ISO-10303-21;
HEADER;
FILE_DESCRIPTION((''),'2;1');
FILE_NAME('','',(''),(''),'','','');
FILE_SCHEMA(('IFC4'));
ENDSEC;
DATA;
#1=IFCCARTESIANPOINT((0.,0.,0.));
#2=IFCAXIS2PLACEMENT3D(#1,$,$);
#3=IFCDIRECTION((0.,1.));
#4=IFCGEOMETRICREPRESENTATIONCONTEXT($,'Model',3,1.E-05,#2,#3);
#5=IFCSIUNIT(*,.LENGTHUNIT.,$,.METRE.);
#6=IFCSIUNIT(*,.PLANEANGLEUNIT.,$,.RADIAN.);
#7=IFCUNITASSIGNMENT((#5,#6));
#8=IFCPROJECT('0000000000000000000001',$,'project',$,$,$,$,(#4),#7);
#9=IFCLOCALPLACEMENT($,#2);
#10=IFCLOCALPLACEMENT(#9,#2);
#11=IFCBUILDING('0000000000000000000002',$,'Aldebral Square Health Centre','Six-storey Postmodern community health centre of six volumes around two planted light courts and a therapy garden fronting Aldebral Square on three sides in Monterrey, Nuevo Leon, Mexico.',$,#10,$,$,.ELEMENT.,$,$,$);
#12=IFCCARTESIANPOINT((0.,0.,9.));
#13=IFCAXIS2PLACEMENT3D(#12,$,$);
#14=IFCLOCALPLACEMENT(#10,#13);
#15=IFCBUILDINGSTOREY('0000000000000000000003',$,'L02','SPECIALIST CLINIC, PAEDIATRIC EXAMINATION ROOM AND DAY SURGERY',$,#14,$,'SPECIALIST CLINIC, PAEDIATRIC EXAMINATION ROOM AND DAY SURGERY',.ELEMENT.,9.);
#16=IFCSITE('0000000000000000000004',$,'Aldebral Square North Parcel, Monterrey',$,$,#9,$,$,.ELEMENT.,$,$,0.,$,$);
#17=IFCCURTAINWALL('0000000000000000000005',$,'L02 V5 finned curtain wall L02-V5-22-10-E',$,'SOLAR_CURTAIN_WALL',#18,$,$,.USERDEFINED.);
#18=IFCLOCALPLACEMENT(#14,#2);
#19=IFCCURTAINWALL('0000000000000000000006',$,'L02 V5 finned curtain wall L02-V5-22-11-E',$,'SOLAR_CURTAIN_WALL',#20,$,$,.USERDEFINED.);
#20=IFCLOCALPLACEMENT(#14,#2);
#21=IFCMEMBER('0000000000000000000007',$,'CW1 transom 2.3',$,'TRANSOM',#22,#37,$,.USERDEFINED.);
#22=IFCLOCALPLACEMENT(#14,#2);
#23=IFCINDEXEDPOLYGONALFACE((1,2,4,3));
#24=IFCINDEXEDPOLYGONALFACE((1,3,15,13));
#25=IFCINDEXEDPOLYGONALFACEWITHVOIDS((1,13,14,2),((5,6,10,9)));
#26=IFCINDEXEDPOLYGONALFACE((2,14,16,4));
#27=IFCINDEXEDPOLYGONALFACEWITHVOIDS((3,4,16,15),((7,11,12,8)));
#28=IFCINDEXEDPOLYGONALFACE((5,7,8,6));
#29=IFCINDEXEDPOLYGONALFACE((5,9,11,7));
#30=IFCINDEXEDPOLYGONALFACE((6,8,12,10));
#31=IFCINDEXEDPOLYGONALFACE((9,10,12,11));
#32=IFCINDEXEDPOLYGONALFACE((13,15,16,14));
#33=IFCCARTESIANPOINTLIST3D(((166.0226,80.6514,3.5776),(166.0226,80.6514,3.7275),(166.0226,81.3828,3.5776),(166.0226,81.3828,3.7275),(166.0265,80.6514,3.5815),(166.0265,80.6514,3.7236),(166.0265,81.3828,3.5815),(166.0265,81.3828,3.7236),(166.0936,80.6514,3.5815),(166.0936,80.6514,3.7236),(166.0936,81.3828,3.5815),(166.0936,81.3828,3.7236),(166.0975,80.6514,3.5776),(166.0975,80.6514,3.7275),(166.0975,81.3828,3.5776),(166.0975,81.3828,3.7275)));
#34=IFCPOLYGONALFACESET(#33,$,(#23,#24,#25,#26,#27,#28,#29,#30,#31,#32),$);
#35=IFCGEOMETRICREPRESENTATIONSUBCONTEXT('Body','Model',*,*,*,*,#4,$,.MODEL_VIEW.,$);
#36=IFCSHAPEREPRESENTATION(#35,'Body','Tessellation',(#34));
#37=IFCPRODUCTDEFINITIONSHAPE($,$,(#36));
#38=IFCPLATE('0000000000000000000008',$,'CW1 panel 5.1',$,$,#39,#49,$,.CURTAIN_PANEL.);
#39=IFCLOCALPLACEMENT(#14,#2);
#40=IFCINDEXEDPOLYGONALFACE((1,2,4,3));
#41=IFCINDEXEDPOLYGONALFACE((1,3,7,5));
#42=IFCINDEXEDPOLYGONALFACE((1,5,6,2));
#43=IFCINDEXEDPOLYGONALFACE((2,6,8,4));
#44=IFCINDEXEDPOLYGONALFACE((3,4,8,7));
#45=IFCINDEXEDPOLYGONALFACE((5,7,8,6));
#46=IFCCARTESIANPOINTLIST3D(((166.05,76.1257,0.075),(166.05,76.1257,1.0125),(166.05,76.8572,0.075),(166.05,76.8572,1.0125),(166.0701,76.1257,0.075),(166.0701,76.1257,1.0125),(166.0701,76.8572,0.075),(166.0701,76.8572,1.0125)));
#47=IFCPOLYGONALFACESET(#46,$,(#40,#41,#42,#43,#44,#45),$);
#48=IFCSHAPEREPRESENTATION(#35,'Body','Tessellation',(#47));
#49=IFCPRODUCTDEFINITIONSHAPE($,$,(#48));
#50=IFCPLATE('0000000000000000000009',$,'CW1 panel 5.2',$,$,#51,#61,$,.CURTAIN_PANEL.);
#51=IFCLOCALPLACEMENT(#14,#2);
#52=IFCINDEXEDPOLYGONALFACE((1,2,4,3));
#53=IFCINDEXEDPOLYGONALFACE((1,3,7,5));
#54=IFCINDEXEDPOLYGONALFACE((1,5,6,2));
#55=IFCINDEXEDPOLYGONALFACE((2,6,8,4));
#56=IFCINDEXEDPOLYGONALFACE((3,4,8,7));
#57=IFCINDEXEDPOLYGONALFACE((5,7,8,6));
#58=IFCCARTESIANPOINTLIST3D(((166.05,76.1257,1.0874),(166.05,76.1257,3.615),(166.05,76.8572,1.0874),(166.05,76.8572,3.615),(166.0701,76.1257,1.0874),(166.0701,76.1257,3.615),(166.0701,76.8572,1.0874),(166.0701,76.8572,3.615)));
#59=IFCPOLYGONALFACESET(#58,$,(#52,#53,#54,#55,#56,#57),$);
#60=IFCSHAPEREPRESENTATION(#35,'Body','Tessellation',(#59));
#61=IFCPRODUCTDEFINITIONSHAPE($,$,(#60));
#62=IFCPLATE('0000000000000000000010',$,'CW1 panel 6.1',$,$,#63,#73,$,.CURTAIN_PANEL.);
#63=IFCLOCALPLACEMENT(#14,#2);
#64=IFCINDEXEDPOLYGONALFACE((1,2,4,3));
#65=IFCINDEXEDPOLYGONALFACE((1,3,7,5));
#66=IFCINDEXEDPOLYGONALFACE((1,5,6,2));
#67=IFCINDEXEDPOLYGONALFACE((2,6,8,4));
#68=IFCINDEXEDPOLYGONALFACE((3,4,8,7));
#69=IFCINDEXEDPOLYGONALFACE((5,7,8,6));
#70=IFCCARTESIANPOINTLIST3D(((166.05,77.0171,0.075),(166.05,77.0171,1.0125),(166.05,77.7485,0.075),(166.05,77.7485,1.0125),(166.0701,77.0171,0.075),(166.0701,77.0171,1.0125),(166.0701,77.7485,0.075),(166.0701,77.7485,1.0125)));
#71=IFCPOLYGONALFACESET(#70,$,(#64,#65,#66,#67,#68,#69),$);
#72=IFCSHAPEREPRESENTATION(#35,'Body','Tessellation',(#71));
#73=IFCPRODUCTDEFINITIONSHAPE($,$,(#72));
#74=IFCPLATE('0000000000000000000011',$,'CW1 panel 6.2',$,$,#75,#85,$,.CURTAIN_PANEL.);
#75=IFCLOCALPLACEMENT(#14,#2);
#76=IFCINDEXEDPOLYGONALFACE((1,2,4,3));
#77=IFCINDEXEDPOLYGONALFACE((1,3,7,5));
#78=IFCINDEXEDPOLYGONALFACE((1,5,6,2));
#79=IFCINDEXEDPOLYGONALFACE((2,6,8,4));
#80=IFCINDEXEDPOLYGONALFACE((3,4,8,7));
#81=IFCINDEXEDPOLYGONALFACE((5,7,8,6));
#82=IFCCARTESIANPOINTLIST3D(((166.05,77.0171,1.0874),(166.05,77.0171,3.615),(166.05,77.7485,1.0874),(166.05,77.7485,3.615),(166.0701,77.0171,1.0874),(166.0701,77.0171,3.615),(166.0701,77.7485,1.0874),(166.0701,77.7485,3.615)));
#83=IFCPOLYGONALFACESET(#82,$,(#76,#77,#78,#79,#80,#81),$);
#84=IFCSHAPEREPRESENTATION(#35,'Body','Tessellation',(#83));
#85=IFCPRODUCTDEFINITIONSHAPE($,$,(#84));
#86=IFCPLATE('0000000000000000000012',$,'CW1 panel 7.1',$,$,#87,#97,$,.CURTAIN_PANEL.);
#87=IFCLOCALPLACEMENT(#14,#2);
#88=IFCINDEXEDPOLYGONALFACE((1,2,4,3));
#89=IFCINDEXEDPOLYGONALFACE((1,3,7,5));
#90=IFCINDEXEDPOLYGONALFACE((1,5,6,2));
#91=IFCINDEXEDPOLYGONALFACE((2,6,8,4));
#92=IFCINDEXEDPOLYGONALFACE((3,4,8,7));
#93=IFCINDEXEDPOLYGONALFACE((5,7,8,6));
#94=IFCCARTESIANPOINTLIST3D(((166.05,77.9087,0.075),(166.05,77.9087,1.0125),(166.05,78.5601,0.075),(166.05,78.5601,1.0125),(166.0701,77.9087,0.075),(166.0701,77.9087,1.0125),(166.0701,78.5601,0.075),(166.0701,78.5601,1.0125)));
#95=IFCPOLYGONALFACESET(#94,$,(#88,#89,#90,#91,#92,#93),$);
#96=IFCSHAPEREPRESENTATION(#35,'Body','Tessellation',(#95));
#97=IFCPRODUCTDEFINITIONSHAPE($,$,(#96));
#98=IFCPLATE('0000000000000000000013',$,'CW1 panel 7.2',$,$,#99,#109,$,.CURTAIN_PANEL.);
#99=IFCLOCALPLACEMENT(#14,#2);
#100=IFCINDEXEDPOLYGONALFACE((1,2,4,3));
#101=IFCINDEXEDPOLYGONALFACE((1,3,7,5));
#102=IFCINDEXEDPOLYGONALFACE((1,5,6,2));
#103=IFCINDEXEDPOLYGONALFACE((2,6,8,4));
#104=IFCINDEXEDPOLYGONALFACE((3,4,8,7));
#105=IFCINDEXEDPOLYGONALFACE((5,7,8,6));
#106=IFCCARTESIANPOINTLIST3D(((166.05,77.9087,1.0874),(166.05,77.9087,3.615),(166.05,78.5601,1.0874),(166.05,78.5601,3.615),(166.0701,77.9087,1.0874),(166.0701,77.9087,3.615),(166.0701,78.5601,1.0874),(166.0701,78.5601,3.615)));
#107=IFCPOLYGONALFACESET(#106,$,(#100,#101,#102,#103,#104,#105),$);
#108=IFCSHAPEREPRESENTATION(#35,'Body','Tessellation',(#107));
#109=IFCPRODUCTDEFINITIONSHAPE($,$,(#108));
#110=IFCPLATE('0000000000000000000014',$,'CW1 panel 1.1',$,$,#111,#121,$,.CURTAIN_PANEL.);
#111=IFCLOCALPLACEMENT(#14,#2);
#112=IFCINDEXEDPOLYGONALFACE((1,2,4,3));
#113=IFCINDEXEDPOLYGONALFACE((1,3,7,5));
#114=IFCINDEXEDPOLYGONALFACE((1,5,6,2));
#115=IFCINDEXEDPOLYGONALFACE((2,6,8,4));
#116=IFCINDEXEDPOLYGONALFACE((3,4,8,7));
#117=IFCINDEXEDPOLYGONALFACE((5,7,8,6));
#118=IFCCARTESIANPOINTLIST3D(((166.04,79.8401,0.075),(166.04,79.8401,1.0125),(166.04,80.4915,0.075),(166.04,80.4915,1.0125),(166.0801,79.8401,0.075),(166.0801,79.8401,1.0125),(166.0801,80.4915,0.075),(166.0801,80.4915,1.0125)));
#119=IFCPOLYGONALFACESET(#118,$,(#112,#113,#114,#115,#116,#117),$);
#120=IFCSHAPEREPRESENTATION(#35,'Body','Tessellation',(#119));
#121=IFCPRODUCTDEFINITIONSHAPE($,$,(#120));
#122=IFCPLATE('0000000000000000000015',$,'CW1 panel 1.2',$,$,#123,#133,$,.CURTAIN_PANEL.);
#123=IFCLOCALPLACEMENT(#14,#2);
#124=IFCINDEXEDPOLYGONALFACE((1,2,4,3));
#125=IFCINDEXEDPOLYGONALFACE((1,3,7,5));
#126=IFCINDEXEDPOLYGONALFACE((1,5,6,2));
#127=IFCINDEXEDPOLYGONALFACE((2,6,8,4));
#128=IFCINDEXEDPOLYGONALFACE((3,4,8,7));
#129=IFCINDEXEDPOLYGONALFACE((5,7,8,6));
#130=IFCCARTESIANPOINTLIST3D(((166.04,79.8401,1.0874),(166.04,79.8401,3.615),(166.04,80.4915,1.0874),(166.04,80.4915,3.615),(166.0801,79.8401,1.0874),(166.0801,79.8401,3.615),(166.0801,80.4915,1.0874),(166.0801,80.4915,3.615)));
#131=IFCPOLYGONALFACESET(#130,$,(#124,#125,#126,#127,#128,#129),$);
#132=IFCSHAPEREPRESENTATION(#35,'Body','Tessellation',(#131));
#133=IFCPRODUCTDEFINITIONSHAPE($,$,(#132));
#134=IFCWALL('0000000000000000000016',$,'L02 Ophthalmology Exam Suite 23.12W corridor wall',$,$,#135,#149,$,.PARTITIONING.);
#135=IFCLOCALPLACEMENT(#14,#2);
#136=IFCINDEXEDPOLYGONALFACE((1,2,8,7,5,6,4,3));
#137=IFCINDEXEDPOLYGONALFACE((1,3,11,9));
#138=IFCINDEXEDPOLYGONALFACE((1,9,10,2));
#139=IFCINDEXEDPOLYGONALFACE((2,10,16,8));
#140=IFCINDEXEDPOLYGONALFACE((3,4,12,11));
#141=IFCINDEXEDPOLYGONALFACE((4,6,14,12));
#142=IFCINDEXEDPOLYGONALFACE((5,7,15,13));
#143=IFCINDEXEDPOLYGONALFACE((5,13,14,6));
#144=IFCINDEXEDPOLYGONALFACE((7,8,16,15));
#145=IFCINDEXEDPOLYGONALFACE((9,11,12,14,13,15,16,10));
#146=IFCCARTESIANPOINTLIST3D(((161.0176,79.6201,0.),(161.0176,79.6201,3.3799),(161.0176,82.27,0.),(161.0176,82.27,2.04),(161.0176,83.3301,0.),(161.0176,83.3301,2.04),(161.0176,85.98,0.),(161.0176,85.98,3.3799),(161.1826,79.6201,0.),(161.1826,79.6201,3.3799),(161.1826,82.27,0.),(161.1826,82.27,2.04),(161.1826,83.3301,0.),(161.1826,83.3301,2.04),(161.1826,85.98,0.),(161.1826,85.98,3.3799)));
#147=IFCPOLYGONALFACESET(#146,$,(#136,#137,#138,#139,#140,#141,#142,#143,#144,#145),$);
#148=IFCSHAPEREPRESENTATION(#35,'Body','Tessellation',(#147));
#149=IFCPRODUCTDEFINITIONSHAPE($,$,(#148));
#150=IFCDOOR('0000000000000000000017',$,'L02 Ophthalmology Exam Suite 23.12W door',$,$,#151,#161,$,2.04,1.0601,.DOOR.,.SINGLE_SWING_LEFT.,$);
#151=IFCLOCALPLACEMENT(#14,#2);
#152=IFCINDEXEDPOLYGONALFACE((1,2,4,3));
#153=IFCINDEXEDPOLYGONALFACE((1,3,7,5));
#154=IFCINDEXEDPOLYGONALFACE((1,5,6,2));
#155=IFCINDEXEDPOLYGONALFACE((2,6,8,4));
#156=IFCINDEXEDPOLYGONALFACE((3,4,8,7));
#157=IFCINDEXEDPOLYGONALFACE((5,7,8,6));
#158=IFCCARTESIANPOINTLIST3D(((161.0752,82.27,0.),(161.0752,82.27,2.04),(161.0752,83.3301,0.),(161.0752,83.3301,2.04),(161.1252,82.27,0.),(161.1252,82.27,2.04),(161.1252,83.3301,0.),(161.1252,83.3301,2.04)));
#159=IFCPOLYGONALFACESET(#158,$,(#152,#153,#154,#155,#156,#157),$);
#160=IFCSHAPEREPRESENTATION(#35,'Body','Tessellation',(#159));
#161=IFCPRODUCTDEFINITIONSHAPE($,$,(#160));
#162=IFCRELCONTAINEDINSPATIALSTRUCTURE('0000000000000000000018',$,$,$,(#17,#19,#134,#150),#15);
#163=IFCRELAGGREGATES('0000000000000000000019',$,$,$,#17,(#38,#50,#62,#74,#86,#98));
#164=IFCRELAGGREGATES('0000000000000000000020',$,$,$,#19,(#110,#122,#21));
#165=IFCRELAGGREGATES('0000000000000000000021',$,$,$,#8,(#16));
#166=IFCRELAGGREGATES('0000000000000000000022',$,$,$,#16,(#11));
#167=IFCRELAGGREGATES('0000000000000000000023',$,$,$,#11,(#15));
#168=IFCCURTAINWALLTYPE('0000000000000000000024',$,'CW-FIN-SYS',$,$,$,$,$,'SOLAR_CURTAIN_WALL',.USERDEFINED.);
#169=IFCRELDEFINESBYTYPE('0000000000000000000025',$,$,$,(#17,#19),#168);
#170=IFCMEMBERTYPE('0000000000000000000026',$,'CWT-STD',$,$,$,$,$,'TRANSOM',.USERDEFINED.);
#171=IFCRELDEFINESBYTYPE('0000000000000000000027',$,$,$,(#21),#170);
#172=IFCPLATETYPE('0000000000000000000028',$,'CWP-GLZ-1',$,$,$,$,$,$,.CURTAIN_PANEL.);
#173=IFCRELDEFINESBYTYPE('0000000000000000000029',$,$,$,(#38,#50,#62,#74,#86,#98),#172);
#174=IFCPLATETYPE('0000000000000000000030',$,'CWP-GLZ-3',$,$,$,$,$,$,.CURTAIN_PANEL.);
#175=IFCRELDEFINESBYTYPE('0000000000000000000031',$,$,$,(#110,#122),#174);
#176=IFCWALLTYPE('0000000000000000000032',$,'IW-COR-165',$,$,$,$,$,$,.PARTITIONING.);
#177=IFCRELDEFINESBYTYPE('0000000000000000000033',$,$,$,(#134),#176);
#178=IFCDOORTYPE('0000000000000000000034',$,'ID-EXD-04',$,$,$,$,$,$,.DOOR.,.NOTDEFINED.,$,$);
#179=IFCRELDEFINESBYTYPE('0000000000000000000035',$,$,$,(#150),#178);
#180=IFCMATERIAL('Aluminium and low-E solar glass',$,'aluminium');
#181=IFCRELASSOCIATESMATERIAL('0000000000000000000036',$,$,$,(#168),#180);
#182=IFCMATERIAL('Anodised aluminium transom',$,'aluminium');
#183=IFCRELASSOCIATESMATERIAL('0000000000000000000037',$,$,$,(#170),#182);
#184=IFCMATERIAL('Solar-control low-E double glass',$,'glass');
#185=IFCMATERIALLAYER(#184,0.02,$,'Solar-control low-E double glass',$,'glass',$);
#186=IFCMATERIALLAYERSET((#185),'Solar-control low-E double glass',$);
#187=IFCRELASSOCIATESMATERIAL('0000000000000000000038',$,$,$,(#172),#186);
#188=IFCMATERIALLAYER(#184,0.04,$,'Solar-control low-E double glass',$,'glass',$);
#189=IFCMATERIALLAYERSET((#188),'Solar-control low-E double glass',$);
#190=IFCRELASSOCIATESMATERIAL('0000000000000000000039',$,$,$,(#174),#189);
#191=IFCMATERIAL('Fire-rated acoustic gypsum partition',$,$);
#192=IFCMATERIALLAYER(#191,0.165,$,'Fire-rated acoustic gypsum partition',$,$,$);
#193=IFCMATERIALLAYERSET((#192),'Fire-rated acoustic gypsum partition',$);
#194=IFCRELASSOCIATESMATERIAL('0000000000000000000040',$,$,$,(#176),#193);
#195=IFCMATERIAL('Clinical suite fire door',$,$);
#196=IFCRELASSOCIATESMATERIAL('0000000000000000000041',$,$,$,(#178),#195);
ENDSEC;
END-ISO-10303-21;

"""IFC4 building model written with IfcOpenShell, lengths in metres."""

from ifc_helpers import new_model, si_unit, direction, frame, frame_2d, origin, origin_2d, place, context, subcontext, project, spatial, rectangle, hollow_rectangle, extrude, material, layer, layer_set, material_profile, profile_set, type_object, element, fill, aggregate, save


model = new_model("IFC4")

# Units and contexts
model_context = context("Model", 3, precision=1e-05, world=origin(), true_north=direction((0.0, 1.0)))
body_context = subcontext(model_context, "Body", "Model", "MODEL_VIEW")
ifc_project = project(units=[si_unit("LENGTHUNIT", "METRE"), si_unit("PLANEANGLEUNIT", "RADIAN")], contexts=[model_context])

# Site, building, storey
site_placement = place(None, origin())
site = spatial("IfcSite", under=ifc_project, at=site_placement, Name="Aldebral Square North Parcel, Monterrey", CompositionType="ELEMENT", RefElevation=0.0)
building_placement = place(site_placement, origin())
building = spatial("IfcBuilding", under=site, at=building_placement, Name="Aldebral Square Health Centre", Description="Six-storey Postmodern community health centre of six volumes around two planted light courts and a therapy garden fronting Aldebral Square on three sides in Monterrey, Nuevo Leon, Mexico.", CompositionType="ELEMENT")
storey_placement = place(building_placement, frame((0.0, 0.0, 9.0)))
storey = spatial("IfcBuildingStorey", under=building, at=storey_placement, Name="L02", Description="SPECIALIST CLINIC, PAEDIATRIC EXAMINATION ROOM AND DAY SURGERY", LongName="SPECIALIST CLINIC, PAEDIATRIC EXAMINATION ROOM AND DAY SURGERY", CompositionType="ELEMENT", Elevation=9.0)

# Curtain walls
ifc_material_1 = material(Name="Aluminium and low-E solar glass", Category="aluminium")
curtain_wall_type = type_object("IfcCurtainWallType", Name="CW-FIN-SYS", ElementType="SOLAR_CURTAIN_WALL", PredefinedType="USERDEFINED", material=ifc_material_1)
curtain_wall_1_placement = place(storey_placement, origin())
curtain_wall_1 = element("IfcCurtainWall", 1, at=curtain_wall_1_placement, inside=storey, type_object=curtain_wall_type, Name="L02 V5 finned curtain wall L02-V5-22-10-E", ObjectType="SOLAR_CURTAIN_WALL", PredefinedType="USERDEFINED")
curtain_wall_2_placement = place(storey_placement, origin())
curtain_wall_2 = element("IfcCurtainWall", 2, at=curtain_wall_2_placement, inside=storey, type_object=curtain_wall_type, Name="L02 V5 finned curtain wall L02-V5-22-11-E", ObjectType="SOLAR_CURTAIN_WALL", PredefinedType="USERDEFINED")

# Member
ifc_material_2 = material(Name="Anodised aluminium transom", Category="aluminium")
ifc_material_profile_1 = material_profile(ifc_material_2, hollow_rectangle(XDim=0.075, YDim=0.1499, WallThickness=0.0039, at=origin_2d()), Name="CWT 75x150x4")
ifc_profile_set_1 = profile_set([ifc_material_profile_1], Name="Anodised aluminium transom")
member_type_1 = type_object("IfcMemberType", Name="CWT-STD", ElementType="TRANSOM", PredefinedType="USERDEFINED", material=ifc_profile_set_1)
member_1_placement = place(storey_placement, frame((166.0601, 80.6514, 3.6526), z_axis=(0.0, 1.0, 0.0), x_axis=(-1.0, 0.0, 0.0)))
member_1 = element("IfcMember", 3, at=member_1_placement, type_object=member_type_1, Name="CW1 transom 2.3", ObjectType="TRANSOM", PredefinedType="USERDEFINED", context=body_context, shape_type="SweptSolid", body=[
    extrude(hollow_rectangle(XDim=0.075, YDim=0.1499, WallThickness=0.0039, at=origin_2d()), origin(), (0.0, 0.0, 1.0), 0.7314),
])

# Plates
ifc_material_3 = material(Name="Solar-control low-E double glass", Category="glass")
ifc_layer_1 = layer(ifc_material_3, 0.02, Name="Solar-control low-E double glass", Category="glass")
ifc_layer_set_1 = layer_set([ifc_layer_1], Name="Solar-control low-E double glass")
plate_type_1 = type_object("IfcPlateType", Name="CWP-GLZ-1", PredefinedType="CURTAIN_PANEL", material=ifc_layer_set_1)
plate_1_placement = place(storey_placement, frame((166.0601, 76.4915, 0.075), z_axis=(0.0, 0.0, 1.0), x_axis=(0.0, 1.0, 0.0)))
plate_1 = element("IfcPlate", 4, at=plate_1_placement, type_object=plate_type_1, Name="CW1 panel 5.1", PredefinedType="CURTAIN_PANEL", context=body_context, shape_type="SweptSolid", body=[
    extrude(rectangle(XDim=0.7314, YDim=0.02, at=origin_2d()), origin(), (0.0, 0.0, 1.0), 0.9375),
])
plate_2_placement = place(storey_placement, frame((166.0601, 76.4915, 1.0874), z_axis=(0.0, 0.0, 1.0), x_axis=(0.0, 1.0, 0.0)))
plate_2 = element("IfcPlate", 5, at=plate_2_placement, type_object=plate_type_1, Name="CW1 panel 5.2", PredefinedType="CURTAIN_PANEL", context=body_context, shape_type="SweptSolid", body=[
    extrude(rectangle(XDim=0.7314, YDim=0.02, at=origin_2d()), origin(), (0.0, 0.0, 1.0), 2.5276),
])
plate_3_placement = place(storey_placement, frame((166.0601, 77.3828, 0.075), z_axis=(0.0, 0.0, 1.0), x_axis=(0.0, 1.0, 0.0)))
plate_3 = element("IfcPlate", 6, at=plate_3_placement, type_object=plate_type_1, Name="CW1 panel 6.1", PredefinedType="CURTAIN_PANEL", context=body_context, shape_type="SweptSolid", body=[
    extrude(rectangle(XDim=0.7314, YDim=0.02, at=origin_2d()), origin(), (0.0, 0.0, 1.0), 0.9375),
])
plate_4_placement = place(storey_placement, frame((166.0601, 77.3828, 1.0874), z_axis=(0.0, 0.0, 1.0), x_axis=(0.0, 1.0, 0.0)))
plate_4 = element("IfcPlate", 7, at=plate_4_placement, type_object=plate_type_1, Name="CW1 panel 6.2", PredefinedType="CURTAIN_PANEL", context=body_context, shape_type="SweptSolid", body=[
    extrude(rectangle(XDim=0.7314, YDim=0.02, at=origin_2d()), origin(), (0.0, 0.0, 1.0), 2.5276),
])
plate_5_placement = place(storey_placement, frame((166.0601, 78.2344, 0.075), z_axis=(0.0, 0.0, 1.0), x_axis=(0.0, 1.0, 0.0)))
plate_5 = element("IfcPlate", 8, at=plate_5_placement, type_object=plate_type_1, Name="CW1 panel 7.1", PredefinedType="CURTAIN_PANEL", context=body_context, shape_type="SweptSolid", body=[
    extrude(rectangle(XDim=0.6514, YDim=0.02, at=origin_2d()), origin(), (0.0, 0.0, 1.0), 0.9375),
])
plate_6_placement = place(storey_placement, frame((166.0601, 78.2344, 1.0874), z_axis=(0.0, 0.0, 1.0), x_axis=(0.0, 1.0, 0.0)))
plate_6 = element("IfcPlate", 9, at=plate_6_placement, type_object=plate_type_1, Name="CW1 panel 7.2", PredefinedType="CURTAIN_PANEL", context=body_context, shape_type="SweptSolid", body=[
    extrude(rectangle(XDim=0.6514, YDim=0.02, at=origin_2d()), origin(), (0.0, 0.0, 1.0), 2.5276),
])
aggregate(curtain_wall_1, [plate_1, plate_2, plate_3, plate_4, plate_5, plate_6])
ifc_layer_2 = layer(ifc_material_3, 0.04, Name="Solar-control low-E double glass", Category="glass")
ifc_layer_set_2 = layer_set([ifc_layer_2], Name="Solar-control low-E double glass")
plate_type_2 = type_object("IfcPlateType", Name="CWP-GLZ-3", PredefinedType="CURTAIN_PANEL", material=ifc_layer_set_2)
plate_7_placement = place(storey_placement, frame((166.0601, 80.1658, 0.075), z_axis=(0.0, 0.0, 1.0), x_axis=(0.0, 1.0, 0.0)))
plate_7 = element("IfcPlate", 10, at=plate_7_placement, type_object=plate_type_2, Name="CW1 panel 1.1", PredefinedType="CURTAIN_PANEL", context=body_context, shape_type="SweptSolid", body=[
    extrude(rectangle(XDim=0.6514, YDim=0.04, at=origin_2d()), origin(), (0.0, 0.0, 1.0), 0.9375),
])
plate_8_placement = place(storey_placement, frame((166.0601, 80.1658, 1.0874), z_axis=(0.0, 0.0, 1.0), x_axis=(0.0, 1.0, 0.0)))
plate_8 = element("IfcPlate", 11, at=plate_8_placement, type_object=plate_type_2, Name="CW1 panel 1.2", PredefinedType="CURTAIN_PANEL", context=body_context, shape_type="SweptSolid", body=[
    extrude(rectangle(XDim=0.6514, YDim=0.04, at=origin_2d()), origin(), (0.0, 0.0, 1.0), 2.5276),
])
aggregate(curtain_wall_2, [plate_7, plate_8, member_1])

# Wall, opening, door
ifc_material_4 = material(Name="Fire-rated acoustic gypsum partition")
ifc_layer_3 = layer(ifc_material_4, 0.165, Name="Fire-rated acoustic gypsum partition")
ifc_layer_set_3 = layer_set([ifc_layer_3], Name="Fire-rated acoustic gypsum partition")
wall_type_1 = type_object("IfcWallType", Name="IW-COR-165", PredefinedType="PARTITIONING", material=ifc_layer_set_3)
wall_1_placement = place(storey_placement, frame((161.1001, 79.6201, 0.0), z_axis=(0.0, 0.0, 1.0), x_axis=(0.0, 1.0, 0.0)))
wall_1 = element("IfcWall", 12, at=wall_1_placement, inside=storey, type_object=wall_type_1, Name="L02 Ophthalmology Exam Suite 23.12W corridor wall", PredefinedType="PARTITIONING", context=body_context, shape_type="SweptSolid", body=[
    extrude(rectangle(XDim=6.3599, YDim=0.165, at=frame_2d((3.1799, 0.0))), origin(), (0.0, 0.0, 1.0), 3.3799),
])
opening_1_placement = place(wall_1_placement, frame((2.6499, 0.0, 0.0)))
opening_1 = element("IfcOpeningElement", 13, at=opening_1_placement, cuts=wall_1, PredefinedType="OPENING", context=body_context, shape_type="SweptSolid", body=[
    extrude(rectangle(XDim=1.0601, YDim=2.04, at=frame_2d((0.53, 1.02))), frame((0.0, 0.0925, 0.0), z_axis=(0.0, -1.0, 0.0), x_axis=(1.0, 0.0, 0.0)), (0.0, 0.0, 1.0), 0.1851),
])
ifc_material_5 = material(Name="Clinical suite fire door")
door_type_1 = type_object("IfcDoorType", Name="ID-EXD-04", OperationType="NOTDEFINED", PredefinedType="DOOR", material=ifc_material_5)
door_1_placement = place(opening_1_placement, origin())
door_1 = element("IfcDoor", 14, at=door_1_placement, inside=storey, type_object=door_type_1, Name="L02 Ophthalmology Exam Suite 23.12W door", OperationType="SINGLE_SWING_LEFT", OverallHeight=2.04, OverallWidth=1.0601, PredefinedType="DOOR", context=body_context, shape_type="SweptSolid", body=[
    extrude(rectangle(XDim=1.0601, YDim=2.04, at=frame_2d((0.53, 1.02))), frame((0.0, 0.0249, 0.0), z_axis=(0.0, -1.0, 0.0), x_axis=(1.0, 0.0, 0.0)), (0.0, 0.0, 1.0), 0.05),
])
fill(opening_1, door_1)

save(model, "model.ifc")
